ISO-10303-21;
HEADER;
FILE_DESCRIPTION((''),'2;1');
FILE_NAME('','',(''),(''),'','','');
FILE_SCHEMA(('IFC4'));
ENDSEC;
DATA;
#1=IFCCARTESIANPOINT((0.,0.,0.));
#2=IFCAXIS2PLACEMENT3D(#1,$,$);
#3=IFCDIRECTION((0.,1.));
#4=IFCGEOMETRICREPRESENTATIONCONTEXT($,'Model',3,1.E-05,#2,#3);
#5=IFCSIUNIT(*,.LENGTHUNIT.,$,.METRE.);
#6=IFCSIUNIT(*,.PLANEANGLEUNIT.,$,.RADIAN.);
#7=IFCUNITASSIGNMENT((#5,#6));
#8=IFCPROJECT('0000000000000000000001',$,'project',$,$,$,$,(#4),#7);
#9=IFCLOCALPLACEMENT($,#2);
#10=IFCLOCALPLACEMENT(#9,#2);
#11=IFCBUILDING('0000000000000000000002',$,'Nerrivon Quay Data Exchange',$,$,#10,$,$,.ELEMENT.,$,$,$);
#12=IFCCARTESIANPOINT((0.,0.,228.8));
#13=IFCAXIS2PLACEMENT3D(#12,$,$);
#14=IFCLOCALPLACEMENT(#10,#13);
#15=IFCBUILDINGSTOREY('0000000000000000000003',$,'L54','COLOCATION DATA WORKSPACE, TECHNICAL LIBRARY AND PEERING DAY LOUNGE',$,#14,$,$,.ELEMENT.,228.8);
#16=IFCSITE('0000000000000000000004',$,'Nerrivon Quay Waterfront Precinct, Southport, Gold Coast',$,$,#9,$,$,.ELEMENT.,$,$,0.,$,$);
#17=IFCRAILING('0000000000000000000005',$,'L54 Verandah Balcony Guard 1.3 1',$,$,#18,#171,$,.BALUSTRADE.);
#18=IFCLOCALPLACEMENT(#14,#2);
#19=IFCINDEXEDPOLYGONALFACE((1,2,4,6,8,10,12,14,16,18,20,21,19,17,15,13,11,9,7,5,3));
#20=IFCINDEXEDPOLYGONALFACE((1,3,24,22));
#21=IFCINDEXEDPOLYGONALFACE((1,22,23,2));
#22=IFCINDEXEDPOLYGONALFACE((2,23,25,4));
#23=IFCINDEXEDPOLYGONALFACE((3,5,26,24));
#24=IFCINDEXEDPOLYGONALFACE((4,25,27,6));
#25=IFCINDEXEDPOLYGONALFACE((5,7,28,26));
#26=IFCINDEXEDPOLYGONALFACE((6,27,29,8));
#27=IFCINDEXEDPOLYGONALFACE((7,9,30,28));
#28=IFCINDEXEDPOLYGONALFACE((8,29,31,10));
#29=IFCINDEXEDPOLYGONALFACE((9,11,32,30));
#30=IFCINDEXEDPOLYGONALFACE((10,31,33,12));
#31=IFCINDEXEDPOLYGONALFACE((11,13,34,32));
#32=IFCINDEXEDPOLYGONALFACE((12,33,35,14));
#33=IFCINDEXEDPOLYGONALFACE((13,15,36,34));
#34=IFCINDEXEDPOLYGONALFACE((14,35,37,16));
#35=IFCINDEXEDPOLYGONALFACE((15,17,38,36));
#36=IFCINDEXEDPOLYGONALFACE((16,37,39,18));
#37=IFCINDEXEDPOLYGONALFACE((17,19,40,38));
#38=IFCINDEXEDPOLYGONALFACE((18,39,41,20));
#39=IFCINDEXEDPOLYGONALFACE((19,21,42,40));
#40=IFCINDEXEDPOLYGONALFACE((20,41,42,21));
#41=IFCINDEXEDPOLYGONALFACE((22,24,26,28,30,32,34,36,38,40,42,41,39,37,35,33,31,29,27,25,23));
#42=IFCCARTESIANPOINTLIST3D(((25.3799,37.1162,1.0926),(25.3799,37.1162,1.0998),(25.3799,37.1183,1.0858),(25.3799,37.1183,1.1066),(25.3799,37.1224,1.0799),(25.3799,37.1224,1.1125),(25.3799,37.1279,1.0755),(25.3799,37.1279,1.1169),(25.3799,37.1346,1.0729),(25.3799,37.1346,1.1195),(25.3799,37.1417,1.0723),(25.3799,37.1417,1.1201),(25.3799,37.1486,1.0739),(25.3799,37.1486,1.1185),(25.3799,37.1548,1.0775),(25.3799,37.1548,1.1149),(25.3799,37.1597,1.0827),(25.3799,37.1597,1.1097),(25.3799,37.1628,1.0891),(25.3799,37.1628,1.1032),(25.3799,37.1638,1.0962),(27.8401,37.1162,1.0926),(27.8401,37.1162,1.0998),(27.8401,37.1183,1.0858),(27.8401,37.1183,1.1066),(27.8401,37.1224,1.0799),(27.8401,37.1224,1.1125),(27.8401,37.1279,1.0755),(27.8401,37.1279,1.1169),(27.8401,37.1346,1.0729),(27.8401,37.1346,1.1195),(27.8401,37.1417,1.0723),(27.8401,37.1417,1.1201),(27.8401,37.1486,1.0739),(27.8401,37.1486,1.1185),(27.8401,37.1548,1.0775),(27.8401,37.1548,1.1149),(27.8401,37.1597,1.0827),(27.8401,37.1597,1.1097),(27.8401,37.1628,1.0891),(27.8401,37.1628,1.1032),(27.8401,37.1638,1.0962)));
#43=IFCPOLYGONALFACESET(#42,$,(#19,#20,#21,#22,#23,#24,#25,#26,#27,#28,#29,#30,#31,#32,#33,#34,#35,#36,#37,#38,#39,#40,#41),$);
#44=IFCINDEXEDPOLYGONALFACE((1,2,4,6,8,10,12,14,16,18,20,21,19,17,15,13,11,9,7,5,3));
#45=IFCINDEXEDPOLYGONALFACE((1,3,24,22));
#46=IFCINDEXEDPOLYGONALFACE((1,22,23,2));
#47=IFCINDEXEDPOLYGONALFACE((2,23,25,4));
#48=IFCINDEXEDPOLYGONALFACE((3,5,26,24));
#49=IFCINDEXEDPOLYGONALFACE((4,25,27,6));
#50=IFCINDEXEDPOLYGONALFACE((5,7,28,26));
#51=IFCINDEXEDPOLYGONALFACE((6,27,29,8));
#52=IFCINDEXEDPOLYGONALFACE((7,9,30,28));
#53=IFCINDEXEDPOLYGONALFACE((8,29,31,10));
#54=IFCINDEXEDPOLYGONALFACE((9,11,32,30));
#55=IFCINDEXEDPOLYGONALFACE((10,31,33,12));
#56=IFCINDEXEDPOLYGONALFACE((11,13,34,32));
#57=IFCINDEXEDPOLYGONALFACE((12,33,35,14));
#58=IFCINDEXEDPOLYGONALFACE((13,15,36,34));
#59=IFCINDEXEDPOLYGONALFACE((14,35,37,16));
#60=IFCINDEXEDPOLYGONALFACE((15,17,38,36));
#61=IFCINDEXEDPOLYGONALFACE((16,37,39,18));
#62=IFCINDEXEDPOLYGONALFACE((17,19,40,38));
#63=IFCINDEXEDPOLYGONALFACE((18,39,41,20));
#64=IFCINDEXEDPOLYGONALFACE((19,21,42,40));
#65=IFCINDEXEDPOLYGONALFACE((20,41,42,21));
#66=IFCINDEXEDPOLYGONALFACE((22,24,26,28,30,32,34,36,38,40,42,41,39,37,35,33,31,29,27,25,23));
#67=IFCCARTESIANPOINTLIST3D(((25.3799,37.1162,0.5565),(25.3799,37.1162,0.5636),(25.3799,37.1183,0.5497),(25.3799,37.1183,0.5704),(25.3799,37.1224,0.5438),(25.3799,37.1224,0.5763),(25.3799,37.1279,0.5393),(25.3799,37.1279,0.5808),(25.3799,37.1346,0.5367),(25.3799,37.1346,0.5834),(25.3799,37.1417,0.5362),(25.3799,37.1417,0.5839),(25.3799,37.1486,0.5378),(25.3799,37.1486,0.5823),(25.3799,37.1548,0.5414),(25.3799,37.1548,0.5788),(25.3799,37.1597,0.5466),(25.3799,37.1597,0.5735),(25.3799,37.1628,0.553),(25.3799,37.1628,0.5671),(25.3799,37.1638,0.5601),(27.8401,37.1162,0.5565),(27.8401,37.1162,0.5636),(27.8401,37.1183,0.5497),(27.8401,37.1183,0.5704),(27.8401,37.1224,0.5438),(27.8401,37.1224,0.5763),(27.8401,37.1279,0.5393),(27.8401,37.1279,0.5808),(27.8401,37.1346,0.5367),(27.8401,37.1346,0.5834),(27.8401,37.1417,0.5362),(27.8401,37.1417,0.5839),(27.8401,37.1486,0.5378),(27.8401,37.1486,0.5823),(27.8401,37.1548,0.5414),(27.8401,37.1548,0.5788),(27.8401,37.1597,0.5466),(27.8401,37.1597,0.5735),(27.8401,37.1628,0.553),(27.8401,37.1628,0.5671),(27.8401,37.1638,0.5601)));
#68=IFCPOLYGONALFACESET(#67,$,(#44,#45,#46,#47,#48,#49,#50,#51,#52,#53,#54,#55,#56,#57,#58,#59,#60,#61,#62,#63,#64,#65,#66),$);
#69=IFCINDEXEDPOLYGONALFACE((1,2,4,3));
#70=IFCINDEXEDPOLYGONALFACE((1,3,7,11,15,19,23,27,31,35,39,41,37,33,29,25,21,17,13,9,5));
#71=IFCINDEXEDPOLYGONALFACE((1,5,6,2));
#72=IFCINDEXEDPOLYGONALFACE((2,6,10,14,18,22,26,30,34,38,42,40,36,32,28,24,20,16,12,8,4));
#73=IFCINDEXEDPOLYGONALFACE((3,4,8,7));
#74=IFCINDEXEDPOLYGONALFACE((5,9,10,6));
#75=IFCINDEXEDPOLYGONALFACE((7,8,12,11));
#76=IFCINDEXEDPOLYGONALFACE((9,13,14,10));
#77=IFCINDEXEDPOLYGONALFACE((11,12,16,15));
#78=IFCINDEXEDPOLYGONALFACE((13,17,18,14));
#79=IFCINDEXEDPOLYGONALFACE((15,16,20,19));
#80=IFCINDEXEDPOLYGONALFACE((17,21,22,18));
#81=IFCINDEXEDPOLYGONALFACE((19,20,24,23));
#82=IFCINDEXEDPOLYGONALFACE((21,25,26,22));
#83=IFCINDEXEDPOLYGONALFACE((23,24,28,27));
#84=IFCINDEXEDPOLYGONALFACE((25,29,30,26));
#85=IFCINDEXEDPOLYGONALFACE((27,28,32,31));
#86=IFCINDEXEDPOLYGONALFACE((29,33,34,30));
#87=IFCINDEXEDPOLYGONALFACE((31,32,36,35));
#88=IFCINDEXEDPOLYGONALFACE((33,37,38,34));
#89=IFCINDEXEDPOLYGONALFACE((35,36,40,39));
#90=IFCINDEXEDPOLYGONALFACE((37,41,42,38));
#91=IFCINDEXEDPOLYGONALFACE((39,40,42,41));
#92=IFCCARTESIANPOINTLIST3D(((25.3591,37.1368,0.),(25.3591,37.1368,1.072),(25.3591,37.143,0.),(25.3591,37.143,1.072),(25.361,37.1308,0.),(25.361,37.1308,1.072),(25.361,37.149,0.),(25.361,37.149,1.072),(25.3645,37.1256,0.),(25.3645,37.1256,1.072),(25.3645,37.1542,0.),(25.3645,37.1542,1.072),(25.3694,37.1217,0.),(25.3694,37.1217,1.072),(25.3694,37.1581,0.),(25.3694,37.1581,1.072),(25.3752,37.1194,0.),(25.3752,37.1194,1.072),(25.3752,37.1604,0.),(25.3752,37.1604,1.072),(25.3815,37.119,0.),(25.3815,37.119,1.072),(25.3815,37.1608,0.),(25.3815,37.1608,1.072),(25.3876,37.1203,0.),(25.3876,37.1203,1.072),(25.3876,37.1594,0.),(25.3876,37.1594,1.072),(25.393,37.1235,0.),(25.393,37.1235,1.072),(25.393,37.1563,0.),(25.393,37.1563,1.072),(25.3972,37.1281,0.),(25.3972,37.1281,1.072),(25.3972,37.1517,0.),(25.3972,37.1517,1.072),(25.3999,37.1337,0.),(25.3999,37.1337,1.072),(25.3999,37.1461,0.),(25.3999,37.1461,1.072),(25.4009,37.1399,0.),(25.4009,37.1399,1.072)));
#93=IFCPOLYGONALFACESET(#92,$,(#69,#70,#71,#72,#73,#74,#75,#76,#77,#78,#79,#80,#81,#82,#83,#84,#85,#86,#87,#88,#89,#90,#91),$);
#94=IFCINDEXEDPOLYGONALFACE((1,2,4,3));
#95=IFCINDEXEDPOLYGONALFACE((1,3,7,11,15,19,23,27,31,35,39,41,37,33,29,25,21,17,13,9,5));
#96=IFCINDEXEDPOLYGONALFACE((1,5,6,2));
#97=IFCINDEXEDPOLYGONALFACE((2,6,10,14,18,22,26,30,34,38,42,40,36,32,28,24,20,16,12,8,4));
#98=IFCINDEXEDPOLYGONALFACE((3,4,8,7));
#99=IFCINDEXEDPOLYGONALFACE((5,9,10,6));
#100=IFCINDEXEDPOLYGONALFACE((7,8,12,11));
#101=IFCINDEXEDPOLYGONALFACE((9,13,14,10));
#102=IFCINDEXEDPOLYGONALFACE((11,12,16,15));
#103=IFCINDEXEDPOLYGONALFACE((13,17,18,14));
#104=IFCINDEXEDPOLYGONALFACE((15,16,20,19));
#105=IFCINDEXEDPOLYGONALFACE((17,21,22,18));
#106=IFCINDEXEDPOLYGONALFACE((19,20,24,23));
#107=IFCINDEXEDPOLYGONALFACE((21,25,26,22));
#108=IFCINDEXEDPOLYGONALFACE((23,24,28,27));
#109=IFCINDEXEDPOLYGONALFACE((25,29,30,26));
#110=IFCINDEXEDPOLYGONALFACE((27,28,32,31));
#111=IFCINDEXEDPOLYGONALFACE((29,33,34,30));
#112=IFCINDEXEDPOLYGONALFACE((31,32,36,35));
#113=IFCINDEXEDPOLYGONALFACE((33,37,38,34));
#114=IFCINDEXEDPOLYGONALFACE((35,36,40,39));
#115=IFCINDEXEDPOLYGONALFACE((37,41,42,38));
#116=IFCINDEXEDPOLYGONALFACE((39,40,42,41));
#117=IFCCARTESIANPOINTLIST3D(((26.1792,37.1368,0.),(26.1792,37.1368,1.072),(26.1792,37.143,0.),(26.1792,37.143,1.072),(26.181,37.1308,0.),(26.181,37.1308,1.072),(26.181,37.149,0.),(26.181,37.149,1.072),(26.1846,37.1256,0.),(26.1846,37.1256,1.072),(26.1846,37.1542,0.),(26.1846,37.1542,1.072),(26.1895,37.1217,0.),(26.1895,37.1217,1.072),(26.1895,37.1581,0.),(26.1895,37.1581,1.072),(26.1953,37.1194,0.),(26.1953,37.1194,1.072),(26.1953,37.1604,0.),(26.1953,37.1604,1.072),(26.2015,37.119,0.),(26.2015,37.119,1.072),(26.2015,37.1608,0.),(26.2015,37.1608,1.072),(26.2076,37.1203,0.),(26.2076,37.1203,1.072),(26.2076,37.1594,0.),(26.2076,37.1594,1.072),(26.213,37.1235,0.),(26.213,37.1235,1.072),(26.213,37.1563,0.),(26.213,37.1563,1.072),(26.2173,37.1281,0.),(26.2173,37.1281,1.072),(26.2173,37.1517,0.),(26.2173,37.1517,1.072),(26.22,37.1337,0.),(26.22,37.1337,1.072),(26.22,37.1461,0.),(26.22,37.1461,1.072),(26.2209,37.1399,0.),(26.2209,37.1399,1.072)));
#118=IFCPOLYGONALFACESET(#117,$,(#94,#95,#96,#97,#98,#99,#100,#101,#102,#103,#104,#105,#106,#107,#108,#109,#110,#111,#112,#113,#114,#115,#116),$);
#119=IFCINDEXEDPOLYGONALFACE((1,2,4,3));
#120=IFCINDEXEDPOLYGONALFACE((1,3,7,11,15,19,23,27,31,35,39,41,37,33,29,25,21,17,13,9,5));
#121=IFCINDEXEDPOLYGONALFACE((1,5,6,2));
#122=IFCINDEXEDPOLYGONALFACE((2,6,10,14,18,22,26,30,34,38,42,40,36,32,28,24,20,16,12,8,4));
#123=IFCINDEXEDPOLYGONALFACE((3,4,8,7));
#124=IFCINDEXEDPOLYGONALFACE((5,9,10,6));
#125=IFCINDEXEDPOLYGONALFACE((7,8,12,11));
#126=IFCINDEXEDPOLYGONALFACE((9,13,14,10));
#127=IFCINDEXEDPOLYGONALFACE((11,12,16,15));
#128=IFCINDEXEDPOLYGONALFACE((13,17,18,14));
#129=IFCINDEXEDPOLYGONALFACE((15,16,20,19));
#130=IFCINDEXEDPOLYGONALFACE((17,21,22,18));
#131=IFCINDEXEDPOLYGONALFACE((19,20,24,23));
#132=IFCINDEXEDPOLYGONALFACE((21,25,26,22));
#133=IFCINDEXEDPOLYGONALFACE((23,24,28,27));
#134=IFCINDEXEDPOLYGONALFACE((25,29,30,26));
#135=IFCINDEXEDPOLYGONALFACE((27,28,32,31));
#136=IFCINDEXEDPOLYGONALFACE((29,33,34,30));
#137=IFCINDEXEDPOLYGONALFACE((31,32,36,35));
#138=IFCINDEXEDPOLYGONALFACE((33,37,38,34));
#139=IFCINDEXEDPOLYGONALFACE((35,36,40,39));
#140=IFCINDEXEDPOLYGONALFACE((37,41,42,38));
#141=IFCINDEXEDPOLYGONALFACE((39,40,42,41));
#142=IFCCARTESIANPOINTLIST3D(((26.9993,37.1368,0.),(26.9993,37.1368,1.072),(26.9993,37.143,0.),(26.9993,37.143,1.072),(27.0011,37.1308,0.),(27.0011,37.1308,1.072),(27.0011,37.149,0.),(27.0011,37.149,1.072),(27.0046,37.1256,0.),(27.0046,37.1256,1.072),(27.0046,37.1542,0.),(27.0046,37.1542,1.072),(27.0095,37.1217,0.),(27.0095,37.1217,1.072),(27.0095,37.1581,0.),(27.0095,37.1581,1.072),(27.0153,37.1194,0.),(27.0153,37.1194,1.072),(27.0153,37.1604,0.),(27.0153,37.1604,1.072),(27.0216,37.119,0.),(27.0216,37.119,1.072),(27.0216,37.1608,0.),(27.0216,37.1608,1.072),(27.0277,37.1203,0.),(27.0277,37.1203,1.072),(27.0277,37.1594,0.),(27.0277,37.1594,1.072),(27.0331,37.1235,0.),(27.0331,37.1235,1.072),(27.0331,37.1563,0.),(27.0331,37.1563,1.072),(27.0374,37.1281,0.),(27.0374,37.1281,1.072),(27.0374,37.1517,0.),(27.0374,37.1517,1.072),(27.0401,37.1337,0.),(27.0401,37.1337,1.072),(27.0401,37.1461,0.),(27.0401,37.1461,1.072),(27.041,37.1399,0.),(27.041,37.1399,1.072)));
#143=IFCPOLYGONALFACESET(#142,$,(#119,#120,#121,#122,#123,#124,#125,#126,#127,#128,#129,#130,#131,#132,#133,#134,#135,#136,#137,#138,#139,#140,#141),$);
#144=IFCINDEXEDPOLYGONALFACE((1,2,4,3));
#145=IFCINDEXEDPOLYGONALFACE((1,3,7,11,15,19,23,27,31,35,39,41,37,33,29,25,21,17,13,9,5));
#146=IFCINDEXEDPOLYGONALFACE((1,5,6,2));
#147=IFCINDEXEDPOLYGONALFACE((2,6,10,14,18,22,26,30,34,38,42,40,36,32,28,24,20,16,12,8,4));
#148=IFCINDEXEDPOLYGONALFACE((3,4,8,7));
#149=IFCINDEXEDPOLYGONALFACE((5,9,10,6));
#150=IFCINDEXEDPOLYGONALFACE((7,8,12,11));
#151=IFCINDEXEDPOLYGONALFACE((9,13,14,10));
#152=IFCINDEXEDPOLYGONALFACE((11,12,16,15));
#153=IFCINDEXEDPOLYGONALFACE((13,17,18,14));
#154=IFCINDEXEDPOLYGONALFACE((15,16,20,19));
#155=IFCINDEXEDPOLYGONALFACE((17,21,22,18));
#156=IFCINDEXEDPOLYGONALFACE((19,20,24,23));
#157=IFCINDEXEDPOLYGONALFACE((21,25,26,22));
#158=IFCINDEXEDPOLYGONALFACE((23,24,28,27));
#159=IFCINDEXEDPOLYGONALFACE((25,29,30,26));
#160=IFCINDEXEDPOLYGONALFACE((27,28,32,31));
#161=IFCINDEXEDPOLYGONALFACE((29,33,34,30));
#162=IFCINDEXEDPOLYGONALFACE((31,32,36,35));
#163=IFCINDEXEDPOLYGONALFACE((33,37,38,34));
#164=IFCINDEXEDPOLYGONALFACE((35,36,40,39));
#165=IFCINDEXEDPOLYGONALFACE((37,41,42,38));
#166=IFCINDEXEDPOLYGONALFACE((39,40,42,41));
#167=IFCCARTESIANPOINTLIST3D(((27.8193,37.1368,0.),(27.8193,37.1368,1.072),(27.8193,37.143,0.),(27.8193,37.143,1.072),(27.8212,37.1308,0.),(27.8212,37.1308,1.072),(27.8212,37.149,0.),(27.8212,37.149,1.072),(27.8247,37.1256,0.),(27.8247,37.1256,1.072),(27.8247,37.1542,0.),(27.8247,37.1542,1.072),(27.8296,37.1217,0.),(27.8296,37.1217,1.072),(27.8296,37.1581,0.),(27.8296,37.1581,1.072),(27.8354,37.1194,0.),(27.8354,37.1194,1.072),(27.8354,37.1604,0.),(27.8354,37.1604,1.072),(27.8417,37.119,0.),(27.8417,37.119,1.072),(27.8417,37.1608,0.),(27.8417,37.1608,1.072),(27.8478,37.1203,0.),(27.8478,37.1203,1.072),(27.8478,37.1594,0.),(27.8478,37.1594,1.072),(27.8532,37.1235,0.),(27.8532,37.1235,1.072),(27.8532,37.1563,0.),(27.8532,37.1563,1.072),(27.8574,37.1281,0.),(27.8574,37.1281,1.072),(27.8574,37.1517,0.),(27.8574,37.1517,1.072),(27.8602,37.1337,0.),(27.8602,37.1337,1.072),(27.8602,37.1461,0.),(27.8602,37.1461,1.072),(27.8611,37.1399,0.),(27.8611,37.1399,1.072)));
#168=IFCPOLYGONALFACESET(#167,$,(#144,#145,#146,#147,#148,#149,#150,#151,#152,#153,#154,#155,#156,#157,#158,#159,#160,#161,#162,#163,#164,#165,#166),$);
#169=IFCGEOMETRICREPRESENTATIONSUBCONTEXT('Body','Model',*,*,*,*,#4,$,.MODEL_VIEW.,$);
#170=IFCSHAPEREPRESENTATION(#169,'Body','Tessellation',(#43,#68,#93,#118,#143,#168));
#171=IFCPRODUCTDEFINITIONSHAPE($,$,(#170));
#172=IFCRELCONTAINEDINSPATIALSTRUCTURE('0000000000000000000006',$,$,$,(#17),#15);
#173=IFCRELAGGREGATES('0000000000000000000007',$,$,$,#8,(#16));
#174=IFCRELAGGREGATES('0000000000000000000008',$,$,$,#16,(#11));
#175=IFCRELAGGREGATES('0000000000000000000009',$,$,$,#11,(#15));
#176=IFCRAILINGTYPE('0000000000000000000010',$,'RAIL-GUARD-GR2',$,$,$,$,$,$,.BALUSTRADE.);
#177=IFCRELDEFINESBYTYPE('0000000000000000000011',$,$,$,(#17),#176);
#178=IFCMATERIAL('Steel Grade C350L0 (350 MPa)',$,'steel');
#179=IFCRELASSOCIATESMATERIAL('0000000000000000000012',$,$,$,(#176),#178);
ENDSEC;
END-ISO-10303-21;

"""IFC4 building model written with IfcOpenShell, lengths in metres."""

from ifc_helpers import new_model, si_unit, direction, frame, origin, origin_2d, place, context, subcontext, project, spatial, circle, extrude, material, type_object, element, save


model = new_model("IFC4")

# Units and contexts
model_context = context("Model", 3, precision=1e-05, world=origin(), true_north=direction((0.0, 1.0)))
body_context = subcontext(model_context, "Body", "Model", "MODEL_VIEW")
ifc_project = project(units=[si_unit("LENGTHUNIT", "METRE"), si_unit("PLANEANGLEUNIT", "RADIAN")], contexts=[model_context])

# Site, building, storey
site_placement = place(None, origin())
site = spatial("IfcSite", under=ifc_project, at=site_placement, Name="Nerrivon Quay Waterfront Precinct, Southport, Gold Coast", CompositionType="ELEMENT", RefElevation=0.0)
building_placement = place(site_placement, origin())
building = spatial("IfcBuilding", under=site, at=building_placement, Name="Nerrivon Quay Data Exchange", CompositionType="ELEMENT")
storey_placement = place(building_placement, frame((0.0, 0.0, 228.8)))
storey = spatial("IfcBuildingStorey", under=building, at=storey_placement, Name="L54", Description="COLOCATION DATA WORKSPACE, TECHNICAL LIBRARY AND PEERING DAY LOUNGE", CompositionType="ELEMENT", Elevation=228.8)

# Shared definitions
ifc_material_1 = material(Name="Steel Grade C350L0 (350 MPa)", Category="steel")

# Railing
railing_type = type_object("IfcRailingType", Name="RAIL-GUARD-GR2", PredefinedType="BALUSTRADE", material=ifc_material_1)
railing_1_placement = place(storey_placement, frame((25.3799, 37.1399, 0.0)))
element("IfcRailing", 1, at=railing_1_placement, inside=storey, type_object=railing_type, Name="L54 Verandah Balcony Guard 1.3 1", PredefinedType="BALUSTRADE", context=body_context, shape_type="SweptSolid", body=[
    extrude(circle(Radius=0.0239, at=origin_2d()), frame((0.0, 0.0, 1.0962), z_axis=(1.0, 0.0, 0.0), x_axis=(0.0, 1.0, 0.0)), (0.0, 0.0, 1.0), 2.4602),
    extrude(circle(Radius=0.0239, at=origin_2d()), frame((0.0, 0.0, 0.5601), z_axis=(1.0, 0.0, 0.0), x_axis=(0.0, 1.0, 0.0)), (0.0, 0.0, 1.0), 2.4602),
    extrude(circle(Radius=0.021, at=origin_2d()), origin(), (0.0, 0.0, 1.0), 1.072),
    extrude(circle(Radius=0.021, at=origin_2d()), frame((0.8201, 0.0, 0.0)), (0.0, 0.0, 1.0), 1.072),
    extrude(circle(Radius=0.021, at=origin_2d()), frame((1.6401, 0.0, 0.0)), (0.0, 0.0, 1.0), 1.072),
    extrude(circle(Radius=0.021, at=origin_2d()), frame((2.4602, 0.0, 0.0)), (0.0, 0.0, 1.0), 1.072),
])

save(model, "model.ifc")
